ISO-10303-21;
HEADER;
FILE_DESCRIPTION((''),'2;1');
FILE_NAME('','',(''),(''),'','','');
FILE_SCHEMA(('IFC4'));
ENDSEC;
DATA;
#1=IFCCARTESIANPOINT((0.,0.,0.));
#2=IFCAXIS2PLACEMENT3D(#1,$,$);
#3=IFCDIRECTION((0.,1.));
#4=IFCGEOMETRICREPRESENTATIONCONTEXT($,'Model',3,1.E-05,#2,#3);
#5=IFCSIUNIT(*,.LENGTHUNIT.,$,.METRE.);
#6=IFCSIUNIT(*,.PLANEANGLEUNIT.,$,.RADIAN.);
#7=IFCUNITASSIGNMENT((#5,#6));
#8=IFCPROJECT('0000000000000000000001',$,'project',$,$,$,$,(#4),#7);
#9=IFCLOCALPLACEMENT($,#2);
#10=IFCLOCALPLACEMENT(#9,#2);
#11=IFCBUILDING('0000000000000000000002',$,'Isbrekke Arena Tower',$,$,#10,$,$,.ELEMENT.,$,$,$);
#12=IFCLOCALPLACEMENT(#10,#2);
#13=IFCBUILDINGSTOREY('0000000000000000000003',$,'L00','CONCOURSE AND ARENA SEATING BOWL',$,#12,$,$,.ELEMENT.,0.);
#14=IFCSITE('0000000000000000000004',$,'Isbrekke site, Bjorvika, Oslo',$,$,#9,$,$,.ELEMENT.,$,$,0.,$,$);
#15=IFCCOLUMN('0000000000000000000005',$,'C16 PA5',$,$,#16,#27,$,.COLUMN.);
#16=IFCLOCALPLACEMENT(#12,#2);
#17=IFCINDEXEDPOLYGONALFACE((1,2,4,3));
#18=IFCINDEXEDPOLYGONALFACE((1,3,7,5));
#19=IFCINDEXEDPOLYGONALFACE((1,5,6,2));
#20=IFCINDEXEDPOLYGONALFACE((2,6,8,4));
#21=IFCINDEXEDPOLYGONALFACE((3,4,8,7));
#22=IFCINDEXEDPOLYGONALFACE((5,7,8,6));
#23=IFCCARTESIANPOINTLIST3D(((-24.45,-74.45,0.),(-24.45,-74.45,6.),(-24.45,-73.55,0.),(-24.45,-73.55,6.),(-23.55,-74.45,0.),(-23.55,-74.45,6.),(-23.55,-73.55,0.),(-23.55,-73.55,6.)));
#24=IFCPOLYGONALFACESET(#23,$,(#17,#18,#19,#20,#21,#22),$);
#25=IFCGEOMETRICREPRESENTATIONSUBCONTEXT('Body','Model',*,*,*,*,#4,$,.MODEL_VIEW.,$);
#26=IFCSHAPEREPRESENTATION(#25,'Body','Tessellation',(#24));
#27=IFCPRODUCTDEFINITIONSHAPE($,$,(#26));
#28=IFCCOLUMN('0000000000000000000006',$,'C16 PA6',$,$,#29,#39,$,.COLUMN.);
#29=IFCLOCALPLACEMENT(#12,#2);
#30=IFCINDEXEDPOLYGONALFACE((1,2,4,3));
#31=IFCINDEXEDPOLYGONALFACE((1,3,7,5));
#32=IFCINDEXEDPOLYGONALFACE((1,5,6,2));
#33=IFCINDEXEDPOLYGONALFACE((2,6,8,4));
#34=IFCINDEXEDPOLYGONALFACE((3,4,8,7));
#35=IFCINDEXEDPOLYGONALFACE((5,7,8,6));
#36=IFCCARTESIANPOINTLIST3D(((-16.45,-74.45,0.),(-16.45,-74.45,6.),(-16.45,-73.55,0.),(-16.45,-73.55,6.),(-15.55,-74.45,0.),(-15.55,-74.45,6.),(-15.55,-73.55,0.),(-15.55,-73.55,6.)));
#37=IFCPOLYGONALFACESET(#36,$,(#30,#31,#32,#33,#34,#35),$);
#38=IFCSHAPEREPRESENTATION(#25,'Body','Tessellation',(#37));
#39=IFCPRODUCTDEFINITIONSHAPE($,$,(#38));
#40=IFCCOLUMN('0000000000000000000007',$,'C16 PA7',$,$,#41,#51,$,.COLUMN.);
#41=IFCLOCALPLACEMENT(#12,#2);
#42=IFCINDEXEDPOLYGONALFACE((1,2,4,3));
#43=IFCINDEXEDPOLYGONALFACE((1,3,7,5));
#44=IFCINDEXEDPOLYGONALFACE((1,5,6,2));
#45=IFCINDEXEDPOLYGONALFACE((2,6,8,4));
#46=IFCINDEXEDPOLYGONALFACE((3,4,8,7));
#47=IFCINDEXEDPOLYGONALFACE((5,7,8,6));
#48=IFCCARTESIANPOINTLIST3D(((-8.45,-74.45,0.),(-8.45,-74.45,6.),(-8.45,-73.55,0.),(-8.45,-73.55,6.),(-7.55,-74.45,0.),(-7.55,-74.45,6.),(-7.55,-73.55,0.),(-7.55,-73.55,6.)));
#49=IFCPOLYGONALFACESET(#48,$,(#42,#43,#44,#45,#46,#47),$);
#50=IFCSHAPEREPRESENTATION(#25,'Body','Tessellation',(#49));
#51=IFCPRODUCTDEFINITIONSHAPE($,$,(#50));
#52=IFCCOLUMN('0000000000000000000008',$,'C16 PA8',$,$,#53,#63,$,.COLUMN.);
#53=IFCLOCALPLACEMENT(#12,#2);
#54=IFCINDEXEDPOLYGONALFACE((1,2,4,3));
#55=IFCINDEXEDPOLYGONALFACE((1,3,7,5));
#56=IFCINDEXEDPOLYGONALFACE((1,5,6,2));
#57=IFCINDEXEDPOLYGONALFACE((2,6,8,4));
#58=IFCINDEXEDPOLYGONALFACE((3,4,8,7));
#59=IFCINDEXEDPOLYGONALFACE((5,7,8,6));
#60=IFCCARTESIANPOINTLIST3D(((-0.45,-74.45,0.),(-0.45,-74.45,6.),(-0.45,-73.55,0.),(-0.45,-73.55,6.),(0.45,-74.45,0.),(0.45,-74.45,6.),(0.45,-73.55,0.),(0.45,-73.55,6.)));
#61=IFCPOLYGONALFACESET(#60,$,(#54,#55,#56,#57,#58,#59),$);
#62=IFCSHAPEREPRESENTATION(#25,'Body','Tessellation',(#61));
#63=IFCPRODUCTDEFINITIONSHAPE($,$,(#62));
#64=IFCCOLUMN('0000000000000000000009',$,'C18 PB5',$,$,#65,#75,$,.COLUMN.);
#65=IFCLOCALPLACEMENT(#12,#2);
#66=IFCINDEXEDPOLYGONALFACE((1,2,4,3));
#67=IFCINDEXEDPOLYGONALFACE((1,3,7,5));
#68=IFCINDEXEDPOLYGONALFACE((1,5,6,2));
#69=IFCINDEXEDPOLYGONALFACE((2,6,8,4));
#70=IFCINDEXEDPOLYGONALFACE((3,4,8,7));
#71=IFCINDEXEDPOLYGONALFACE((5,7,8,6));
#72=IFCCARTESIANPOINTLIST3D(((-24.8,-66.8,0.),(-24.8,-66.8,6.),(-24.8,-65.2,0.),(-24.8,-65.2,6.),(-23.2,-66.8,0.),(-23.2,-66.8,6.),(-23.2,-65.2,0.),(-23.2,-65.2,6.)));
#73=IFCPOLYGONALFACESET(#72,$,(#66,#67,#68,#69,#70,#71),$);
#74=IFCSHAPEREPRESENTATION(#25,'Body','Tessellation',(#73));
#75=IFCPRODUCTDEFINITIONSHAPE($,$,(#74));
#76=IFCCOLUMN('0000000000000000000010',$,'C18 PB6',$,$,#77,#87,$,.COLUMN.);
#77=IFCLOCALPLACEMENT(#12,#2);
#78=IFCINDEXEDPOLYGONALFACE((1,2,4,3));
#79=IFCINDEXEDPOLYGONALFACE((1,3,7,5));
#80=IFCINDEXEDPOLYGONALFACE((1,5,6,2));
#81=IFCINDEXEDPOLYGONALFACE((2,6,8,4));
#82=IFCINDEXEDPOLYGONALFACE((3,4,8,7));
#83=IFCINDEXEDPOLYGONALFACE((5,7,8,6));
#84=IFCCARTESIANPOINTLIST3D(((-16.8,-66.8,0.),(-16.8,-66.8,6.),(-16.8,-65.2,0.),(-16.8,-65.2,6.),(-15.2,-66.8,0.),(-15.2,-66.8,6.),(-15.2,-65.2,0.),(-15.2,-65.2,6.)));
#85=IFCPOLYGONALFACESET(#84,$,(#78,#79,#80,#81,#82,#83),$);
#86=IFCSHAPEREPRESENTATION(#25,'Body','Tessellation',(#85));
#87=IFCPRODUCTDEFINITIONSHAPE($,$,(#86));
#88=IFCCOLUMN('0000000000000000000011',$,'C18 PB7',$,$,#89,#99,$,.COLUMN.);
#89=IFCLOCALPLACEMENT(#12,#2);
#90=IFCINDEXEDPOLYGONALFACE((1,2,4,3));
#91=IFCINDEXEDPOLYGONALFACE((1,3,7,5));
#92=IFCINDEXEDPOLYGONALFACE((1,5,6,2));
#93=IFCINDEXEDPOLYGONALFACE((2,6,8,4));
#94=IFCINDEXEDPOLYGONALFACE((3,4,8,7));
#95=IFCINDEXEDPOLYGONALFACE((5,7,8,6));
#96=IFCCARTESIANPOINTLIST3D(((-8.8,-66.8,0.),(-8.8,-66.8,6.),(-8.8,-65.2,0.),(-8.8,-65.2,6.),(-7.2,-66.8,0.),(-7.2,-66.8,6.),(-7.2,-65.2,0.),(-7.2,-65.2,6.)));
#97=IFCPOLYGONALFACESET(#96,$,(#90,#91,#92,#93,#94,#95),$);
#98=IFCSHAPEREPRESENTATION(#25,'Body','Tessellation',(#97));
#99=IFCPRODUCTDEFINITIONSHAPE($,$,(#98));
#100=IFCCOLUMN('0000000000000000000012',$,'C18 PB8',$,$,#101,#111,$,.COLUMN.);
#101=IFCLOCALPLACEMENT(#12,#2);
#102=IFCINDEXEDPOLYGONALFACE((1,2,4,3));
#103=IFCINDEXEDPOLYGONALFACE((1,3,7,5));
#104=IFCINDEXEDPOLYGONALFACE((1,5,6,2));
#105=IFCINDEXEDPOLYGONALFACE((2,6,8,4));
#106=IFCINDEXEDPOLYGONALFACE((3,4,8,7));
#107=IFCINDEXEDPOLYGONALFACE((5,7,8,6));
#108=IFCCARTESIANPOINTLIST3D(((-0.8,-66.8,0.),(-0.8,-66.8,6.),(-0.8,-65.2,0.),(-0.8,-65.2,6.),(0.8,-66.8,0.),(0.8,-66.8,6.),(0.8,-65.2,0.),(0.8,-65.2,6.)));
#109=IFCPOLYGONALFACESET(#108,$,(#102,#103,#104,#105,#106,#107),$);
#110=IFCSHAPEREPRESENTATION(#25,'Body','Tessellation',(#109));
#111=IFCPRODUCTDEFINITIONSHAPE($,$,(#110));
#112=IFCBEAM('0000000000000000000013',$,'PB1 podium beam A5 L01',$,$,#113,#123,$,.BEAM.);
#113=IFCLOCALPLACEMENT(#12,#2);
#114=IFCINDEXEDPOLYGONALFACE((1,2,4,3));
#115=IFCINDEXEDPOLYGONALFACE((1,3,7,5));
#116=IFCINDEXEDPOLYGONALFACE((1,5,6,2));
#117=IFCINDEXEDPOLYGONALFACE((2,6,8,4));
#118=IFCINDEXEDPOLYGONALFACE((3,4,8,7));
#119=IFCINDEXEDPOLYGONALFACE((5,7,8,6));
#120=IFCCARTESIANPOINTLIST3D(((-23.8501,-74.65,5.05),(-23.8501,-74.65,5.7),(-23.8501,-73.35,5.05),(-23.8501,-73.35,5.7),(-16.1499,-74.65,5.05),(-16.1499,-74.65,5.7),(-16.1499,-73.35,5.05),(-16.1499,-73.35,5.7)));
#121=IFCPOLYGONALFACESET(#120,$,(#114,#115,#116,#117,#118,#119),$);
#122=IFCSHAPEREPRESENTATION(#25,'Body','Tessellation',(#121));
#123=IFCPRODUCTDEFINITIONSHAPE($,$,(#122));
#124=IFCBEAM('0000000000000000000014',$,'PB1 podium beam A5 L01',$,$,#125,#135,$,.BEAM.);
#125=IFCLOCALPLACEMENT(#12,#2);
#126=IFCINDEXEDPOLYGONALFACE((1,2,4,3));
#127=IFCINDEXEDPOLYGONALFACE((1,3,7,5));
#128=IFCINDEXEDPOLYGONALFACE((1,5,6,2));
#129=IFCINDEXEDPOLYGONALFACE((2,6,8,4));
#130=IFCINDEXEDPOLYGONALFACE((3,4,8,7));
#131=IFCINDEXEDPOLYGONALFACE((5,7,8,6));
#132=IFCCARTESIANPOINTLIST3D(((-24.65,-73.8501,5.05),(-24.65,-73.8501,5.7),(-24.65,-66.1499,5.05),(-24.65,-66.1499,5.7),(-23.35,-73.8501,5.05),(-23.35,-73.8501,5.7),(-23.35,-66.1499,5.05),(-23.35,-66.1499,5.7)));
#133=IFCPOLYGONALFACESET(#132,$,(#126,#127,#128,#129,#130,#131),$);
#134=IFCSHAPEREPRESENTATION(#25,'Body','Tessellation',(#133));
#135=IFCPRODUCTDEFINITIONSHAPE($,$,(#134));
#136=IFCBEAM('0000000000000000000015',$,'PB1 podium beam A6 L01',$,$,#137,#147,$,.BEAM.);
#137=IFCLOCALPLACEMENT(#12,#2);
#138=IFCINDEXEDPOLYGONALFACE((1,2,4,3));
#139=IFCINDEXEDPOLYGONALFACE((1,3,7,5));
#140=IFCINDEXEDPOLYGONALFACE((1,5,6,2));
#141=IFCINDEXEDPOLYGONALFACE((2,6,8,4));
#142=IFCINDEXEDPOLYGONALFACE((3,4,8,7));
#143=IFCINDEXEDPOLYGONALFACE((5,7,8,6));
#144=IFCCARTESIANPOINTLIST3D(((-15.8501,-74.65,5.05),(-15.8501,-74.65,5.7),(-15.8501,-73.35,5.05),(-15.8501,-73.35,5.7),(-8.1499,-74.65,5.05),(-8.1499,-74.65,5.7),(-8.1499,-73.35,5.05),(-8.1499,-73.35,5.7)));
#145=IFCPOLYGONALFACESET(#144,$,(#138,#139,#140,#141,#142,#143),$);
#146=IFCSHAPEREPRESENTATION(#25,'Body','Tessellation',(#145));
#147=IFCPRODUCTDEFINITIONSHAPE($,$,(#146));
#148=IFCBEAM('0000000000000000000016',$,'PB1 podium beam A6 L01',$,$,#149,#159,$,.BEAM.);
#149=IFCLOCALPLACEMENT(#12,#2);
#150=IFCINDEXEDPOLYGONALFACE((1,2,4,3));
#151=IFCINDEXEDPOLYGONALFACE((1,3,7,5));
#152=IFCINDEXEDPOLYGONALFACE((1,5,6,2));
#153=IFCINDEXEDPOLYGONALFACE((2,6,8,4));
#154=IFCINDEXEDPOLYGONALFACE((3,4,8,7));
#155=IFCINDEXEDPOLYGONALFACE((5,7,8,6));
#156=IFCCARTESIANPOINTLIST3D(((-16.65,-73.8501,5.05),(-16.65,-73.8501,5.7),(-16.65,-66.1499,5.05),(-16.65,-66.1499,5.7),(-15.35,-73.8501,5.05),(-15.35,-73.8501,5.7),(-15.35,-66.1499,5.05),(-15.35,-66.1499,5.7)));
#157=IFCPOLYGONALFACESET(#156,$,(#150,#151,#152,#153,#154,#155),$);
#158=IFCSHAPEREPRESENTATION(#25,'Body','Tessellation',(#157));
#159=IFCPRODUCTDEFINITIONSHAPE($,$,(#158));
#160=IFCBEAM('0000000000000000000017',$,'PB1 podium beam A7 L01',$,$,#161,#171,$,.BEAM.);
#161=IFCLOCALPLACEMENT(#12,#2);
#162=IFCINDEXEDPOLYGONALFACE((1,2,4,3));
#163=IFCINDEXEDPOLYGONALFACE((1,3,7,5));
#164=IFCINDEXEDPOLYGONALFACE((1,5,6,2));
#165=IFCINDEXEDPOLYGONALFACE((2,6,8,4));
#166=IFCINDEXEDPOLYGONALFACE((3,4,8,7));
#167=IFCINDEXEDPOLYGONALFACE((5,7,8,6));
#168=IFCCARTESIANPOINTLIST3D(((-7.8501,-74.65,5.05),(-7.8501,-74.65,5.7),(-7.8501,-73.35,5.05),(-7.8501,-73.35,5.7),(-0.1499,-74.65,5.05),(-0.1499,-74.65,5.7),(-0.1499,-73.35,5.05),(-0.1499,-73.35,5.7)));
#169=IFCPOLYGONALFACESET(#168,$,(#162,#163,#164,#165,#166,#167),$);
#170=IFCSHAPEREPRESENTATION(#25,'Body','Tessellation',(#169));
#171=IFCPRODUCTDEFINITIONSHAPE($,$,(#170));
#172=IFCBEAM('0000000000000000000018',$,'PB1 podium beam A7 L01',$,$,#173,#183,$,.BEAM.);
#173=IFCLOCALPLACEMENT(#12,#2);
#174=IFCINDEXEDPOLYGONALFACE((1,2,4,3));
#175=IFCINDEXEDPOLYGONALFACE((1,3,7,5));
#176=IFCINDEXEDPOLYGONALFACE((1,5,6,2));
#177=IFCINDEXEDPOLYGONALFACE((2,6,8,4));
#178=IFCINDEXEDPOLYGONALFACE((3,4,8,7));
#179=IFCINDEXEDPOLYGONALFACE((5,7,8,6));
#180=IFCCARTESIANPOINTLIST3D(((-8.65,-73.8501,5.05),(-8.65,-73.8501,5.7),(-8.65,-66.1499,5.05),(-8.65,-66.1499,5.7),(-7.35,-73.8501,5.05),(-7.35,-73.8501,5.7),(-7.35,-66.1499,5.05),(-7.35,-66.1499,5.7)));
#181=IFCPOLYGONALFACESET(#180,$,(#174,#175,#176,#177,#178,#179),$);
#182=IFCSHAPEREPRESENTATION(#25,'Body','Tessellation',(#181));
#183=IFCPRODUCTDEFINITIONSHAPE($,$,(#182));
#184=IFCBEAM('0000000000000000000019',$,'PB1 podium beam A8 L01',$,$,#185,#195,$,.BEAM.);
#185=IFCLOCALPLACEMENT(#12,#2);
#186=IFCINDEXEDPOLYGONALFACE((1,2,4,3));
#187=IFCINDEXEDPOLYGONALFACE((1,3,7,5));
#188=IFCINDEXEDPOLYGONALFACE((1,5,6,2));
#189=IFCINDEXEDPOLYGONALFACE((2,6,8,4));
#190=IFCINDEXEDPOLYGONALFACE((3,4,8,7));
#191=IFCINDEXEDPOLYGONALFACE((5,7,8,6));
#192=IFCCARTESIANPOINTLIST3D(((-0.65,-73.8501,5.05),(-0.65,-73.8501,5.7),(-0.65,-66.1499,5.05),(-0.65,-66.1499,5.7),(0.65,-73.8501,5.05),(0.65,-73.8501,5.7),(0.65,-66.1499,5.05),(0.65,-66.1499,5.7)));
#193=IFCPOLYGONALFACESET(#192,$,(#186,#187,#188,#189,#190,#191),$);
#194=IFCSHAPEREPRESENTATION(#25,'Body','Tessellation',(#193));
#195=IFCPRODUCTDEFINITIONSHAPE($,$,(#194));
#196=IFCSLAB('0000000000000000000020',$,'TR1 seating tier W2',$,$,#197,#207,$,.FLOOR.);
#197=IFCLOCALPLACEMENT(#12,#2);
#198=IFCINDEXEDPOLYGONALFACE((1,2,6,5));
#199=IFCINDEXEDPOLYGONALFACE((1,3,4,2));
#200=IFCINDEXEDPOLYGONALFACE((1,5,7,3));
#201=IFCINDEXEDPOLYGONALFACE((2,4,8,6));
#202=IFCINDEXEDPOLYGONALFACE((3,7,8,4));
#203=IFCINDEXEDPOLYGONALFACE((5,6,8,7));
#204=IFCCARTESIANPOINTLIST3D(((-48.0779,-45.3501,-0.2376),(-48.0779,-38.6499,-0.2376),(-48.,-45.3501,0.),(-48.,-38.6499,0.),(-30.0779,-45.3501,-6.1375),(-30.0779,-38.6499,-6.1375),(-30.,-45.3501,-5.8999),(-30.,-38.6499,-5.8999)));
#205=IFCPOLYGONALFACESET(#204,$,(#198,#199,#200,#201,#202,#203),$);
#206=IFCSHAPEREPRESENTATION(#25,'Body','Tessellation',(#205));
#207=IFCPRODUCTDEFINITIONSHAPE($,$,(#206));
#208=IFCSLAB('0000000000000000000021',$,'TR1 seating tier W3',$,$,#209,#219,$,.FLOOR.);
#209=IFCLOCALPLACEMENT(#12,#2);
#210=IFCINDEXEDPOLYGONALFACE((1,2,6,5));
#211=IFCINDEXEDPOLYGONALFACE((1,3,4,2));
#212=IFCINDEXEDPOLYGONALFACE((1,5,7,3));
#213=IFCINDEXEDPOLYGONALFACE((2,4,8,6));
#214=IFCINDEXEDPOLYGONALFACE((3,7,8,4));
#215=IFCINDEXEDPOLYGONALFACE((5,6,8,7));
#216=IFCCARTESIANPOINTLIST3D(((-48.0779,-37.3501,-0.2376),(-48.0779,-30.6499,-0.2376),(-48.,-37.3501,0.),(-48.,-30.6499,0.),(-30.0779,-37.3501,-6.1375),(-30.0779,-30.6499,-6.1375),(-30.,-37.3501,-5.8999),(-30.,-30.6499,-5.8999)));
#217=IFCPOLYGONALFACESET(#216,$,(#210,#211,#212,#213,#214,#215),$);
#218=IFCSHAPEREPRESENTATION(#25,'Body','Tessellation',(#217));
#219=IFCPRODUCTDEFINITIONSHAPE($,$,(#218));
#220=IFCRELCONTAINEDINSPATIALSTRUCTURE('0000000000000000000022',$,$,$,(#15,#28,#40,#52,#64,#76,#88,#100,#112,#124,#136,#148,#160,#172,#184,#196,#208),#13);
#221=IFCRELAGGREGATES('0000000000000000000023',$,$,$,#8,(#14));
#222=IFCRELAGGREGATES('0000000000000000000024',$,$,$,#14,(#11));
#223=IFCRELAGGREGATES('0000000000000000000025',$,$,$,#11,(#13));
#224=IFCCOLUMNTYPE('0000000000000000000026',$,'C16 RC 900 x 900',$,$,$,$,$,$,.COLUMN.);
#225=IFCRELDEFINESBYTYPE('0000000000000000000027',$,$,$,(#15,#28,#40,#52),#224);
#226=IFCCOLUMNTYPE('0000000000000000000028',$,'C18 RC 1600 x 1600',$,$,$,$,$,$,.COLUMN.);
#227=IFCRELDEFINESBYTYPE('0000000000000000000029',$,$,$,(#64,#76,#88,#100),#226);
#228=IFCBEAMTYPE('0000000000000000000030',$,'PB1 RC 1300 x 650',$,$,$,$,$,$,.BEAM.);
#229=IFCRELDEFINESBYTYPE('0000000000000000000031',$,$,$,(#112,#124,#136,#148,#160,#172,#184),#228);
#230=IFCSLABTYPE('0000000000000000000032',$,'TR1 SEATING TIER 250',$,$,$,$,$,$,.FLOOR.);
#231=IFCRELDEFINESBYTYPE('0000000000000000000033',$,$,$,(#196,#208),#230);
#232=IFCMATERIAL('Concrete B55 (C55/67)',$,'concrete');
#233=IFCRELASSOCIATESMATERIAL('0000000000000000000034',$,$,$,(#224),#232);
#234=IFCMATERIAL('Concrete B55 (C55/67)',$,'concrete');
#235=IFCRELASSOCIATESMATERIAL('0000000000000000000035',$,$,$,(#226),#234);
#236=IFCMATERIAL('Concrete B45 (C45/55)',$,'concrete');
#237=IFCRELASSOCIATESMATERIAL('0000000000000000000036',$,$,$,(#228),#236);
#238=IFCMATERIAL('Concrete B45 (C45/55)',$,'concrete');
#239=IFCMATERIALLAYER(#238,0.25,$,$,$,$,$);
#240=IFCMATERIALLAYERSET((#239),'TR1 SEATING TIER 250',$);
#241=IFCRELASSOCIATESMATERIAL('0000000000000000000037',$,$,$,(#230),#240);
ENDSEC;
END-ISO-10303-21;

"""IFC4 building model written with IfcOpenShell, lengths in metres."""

from ifc_helpers import new_model, si_unit, direction, frame, origin, origin_2d, place, context, subcontext, project, spatial, polyline, rectangle, outline, extrude, material, layer, layer_set, material_profile, profile_set, type_object, element, save


model = new_model("IFC4")

# Units and contexts
model_context = context("Model", 3, precision=1e-05, world=origin(), true_north=direction((0.0, 1.0)))
body_context = subcontext(model_context, "Body", "Model", "MODEL_VIEW")
ifc_project = project(units=[si_unit("LENGTHUNIT", "METRE"), si_unit("PLANEANGLEUNIT", "RADIAN")], contexts=[model_context])

# Site, building, storey
site_placement = place(None, origin())
site = spatial("IfcSite", under=ifc_project, at=site_placement, Name="Isbrekke site, Bjorvika, Oslo", CompositionType="ELEMENT", RefElevation=0.0)
building_placement = place(site_placement, origin())
building = spatial("IfcBuilding", under=site, at=building_placement, Name="Isbrekke Arena Tower", CompositionType="ELEMENT")
storey_placement = place(building_placement, origin())
storey = spatial("IfcBuildingStorey", under=building, at=storey_placement, Name="L00", Description="CONCOURSE AND ARENA SEATING BOWL", CompositionType="ELEMENT", Elevation=0.0)

# Columns
ifc_material_1 = material(Name="Concrete B55 (C55/67)", Category="concrete")
ifc_material_profile_1 = material_profile(ifc_material_1, rectangle(XDim=0.8999, YDim=0.8999, at=origin_2d()), Name="RC 900x900")
ifc_profile_set_1 = profile_set([ifc_material_profile_1], Name="Concrete B55 (C55/67)")
column_type_1 = type_object("IfcColumnType", Name="C16 RC 900 x 900", PredefinedType="COLUMN", material=ifc_profile_set_1)
for number, where, z_axis, x_axis, name in (
    (1, (-24.0, -74.0, 0.0), (0.0, 0.0, 1.0), (1.0, 0.0, 0.0), "C16 PA5"),
    (2, (-16.0, -74.0, 0.0), (0.0, 0.0, 1.0), (1.0, 0.0, 0.0), "C16 PA6"),
    (3, (-8.0, -74.0, 0.0), (0.0, 0.0, 1.0), (1.0, 0.0, 0.0), "C16 PA7"),
    (4, (0.0, -74.0, 0.0), (0.0, 0.0, 1.0), (1.0, 0.0, 0.0), "C16 PA8"),
):
    element("IfcColumn", number, at=place(storey_placement, frame(where, z_axis=z_axis, x_axis=x_axis)), inside=storey, type_object=column_type_1, Name=name, PredefinedType="COLUMN", context=body_context, shape_type="SweptSolid", body=[
        extrude(rectangle(XDim=0.8999, YDim=0.8999, at=origin_2d()), origin(), (0.0, 0.0, 1.0), 6.0),
    ])
ifc_material_2 = material(Name="Concrete B55 (C55/67)", Category="concrete")
ifc_material_profile_2 = material_profile(ifc_material_2, rectangle(XDim=1.6001, YDim=1.6001, at=origin_2d()), Name="RC 1600x1600")
ifc_profile_set_2 = profile_set([ifc_material_profile_2], Name="Concrete B55 (C55/67)")
column_type_2 = type_object("IfcColumnType", Name="C18 RC 1600 x 1600", PredefinedType="COLUMN", material=ifc_profile_set_2)
for number, where, z_axis, x_axis, name in (
    (5, (-24.0, -66.0, 0.0), (0.0, 0.0, 1.0), (1.0, 0.0, 0.0), "C18 PB5"),
    (6, (-16.0, -66.0, 0.0), (0.0, 0.0, 1.0), (1.0, 0.0, 0.0), "C18 PB6"),
    (7, (-8.0, -66.0, 0.0), (0.0, 0.0, 1.0), (1.0, 0.0, 0.0), "C18 PB7"),
    (8, (0.0, -66.0, 0.0), (0.0, 0.0, 1.0), (1.0, 0.0, 0.0), "C18 PB8"),
):
    element("IfcColumn", number, at=place(storey_placement, frame(where, z_axis=z_axis, x_axis=x_axis)), inside=storey, type_object=column_type_2, Name=name, PredefinedType="COLUMN", context=body_context, shape_type="SweptSolid", body=[
        extrude(rectangle(XDim=1.6001, YDim=1.6001, at=origin_2d()), origin(), (0.0, 0.0, 1.0), 6.0),
    ])

# Beams
ifc_material_3 = material(Name="Concrete B45 (C45/55)", Category="concrete")
ifc_material_profile_3 = material_profile(ifc_material_3, rectangle(XDim=1.3, YDim=0.6499, at=origin_2d()), Name="RC 1300x650")
ifc_profile_set_3 = profile_set([ifc_material_profile_3], Name="Concrete B45 (C45/55)")
beam_type = type_object("IfcBeamType", Name="PB1 RC 1300 x 650", PredefinedType="BEAM", material=ifc_profile_set_3)
for number, where, z_axis, x_axis, name in (
    (9, (-23.8501, -74.0, 5.375), (1.0, 0.0, 0.0), (0.0, 1.0, 0.0), "PB1 podium beam A5 L01"),
    (10, (-24.0, -73.8501, 5.375), (0.0, 1.0, 0.0), (-1.0, 0.0, 0.0), "PB1 podium beam A5 L01"),
    (11, (-15.8501, -74.0, 5.375), (1.0, 0.0, 0.0), (0.0, 1.0, 0.0), "PB1 podium beam A6 L01"),
    (12, (-16.0, -73.8501, 5.375), (0.0, 1.0, 0.0), (-1.0, 0.0, 0.0), "PB1 podium beam A6 L01"),
    (13, (-7.8501, -74.0, 5.375), (1.0, 0.0, 0.0), (0.0, 1.0, 0.0), "PB1 podium beam A7 L01"),
    (14, (-8.0, -73.8501, 5.375), (0.0, 1.0, 0.0), (-1.0, 0.0, 0.0), "PB1 podium beam A7 L01"),
    (15, (0.0, -73.8501, 5.375), (0.0, 1.0, 0.0), (-1.0, 0.0, 0.0), "PB1 podium beam A8 L01"),
):
    element("IfcBeam", number, at=place(storey_placement, frame(where, z_axis=z_axis, x_axis=x_axis)), inside=storey, type_object=beam_type, Name=name, PredefinedType="BEAM", context=body_context, shape_type="SweptSolid", body=[
        extrude(rectangle(XDim=1.3, YDim=0.6499, at=origin_2d()), origin(), (0.0, 0.0, 1.0), 7.7002),
    ])

# Slabs
ifc_material_4 = material(Name="Concrete B45 (C45/55)", Category="concrete")
ifc_layer = layer(ifc_material_4, 0.25)
ifc_layer_set = layer_set([ifc_layer], Name="TR1 SEATING TIER 250")
slab_type = type_object("IfcSlabType", Name="TR1 SEATING TIER 250", PredefinedType="FLOOR", material=ifc_layer_set)
for number, where, z_axis, x_axis, name in (
    (16, (-30.0, -38.6499, -5.8999), (0.311468, 0.0, 0.950257), (-0.950257, 0.0, 0.311468), "TR1 seating tier W2"),
    (17, (-30.0, -30.6499, -5.8999), (0.311468, 0.0, 0.950257), (-0.950257, 0.0, 0.311468), "TR1 seating tier W3"),
):
    element("IfcSlab", number, at=place(storey_placement, frame(where, z_axis=z_axis, x_axis=x_axis)), inside=storey, type_object=slab_type, Name=name, PredefinedType="FLOOR", context=body_context, shape_type="SweptSolid", body=[
        extrude(outline(polyline([(0.0, 0.0), (18.9423, 0.0), (18.9423, 6.7002), (0.0, 6.7002), (0.0, 0.0)])), origin(), (0.0, 0.0, -1.0), 0.25),
    ])

save(model, "model.ifc")
